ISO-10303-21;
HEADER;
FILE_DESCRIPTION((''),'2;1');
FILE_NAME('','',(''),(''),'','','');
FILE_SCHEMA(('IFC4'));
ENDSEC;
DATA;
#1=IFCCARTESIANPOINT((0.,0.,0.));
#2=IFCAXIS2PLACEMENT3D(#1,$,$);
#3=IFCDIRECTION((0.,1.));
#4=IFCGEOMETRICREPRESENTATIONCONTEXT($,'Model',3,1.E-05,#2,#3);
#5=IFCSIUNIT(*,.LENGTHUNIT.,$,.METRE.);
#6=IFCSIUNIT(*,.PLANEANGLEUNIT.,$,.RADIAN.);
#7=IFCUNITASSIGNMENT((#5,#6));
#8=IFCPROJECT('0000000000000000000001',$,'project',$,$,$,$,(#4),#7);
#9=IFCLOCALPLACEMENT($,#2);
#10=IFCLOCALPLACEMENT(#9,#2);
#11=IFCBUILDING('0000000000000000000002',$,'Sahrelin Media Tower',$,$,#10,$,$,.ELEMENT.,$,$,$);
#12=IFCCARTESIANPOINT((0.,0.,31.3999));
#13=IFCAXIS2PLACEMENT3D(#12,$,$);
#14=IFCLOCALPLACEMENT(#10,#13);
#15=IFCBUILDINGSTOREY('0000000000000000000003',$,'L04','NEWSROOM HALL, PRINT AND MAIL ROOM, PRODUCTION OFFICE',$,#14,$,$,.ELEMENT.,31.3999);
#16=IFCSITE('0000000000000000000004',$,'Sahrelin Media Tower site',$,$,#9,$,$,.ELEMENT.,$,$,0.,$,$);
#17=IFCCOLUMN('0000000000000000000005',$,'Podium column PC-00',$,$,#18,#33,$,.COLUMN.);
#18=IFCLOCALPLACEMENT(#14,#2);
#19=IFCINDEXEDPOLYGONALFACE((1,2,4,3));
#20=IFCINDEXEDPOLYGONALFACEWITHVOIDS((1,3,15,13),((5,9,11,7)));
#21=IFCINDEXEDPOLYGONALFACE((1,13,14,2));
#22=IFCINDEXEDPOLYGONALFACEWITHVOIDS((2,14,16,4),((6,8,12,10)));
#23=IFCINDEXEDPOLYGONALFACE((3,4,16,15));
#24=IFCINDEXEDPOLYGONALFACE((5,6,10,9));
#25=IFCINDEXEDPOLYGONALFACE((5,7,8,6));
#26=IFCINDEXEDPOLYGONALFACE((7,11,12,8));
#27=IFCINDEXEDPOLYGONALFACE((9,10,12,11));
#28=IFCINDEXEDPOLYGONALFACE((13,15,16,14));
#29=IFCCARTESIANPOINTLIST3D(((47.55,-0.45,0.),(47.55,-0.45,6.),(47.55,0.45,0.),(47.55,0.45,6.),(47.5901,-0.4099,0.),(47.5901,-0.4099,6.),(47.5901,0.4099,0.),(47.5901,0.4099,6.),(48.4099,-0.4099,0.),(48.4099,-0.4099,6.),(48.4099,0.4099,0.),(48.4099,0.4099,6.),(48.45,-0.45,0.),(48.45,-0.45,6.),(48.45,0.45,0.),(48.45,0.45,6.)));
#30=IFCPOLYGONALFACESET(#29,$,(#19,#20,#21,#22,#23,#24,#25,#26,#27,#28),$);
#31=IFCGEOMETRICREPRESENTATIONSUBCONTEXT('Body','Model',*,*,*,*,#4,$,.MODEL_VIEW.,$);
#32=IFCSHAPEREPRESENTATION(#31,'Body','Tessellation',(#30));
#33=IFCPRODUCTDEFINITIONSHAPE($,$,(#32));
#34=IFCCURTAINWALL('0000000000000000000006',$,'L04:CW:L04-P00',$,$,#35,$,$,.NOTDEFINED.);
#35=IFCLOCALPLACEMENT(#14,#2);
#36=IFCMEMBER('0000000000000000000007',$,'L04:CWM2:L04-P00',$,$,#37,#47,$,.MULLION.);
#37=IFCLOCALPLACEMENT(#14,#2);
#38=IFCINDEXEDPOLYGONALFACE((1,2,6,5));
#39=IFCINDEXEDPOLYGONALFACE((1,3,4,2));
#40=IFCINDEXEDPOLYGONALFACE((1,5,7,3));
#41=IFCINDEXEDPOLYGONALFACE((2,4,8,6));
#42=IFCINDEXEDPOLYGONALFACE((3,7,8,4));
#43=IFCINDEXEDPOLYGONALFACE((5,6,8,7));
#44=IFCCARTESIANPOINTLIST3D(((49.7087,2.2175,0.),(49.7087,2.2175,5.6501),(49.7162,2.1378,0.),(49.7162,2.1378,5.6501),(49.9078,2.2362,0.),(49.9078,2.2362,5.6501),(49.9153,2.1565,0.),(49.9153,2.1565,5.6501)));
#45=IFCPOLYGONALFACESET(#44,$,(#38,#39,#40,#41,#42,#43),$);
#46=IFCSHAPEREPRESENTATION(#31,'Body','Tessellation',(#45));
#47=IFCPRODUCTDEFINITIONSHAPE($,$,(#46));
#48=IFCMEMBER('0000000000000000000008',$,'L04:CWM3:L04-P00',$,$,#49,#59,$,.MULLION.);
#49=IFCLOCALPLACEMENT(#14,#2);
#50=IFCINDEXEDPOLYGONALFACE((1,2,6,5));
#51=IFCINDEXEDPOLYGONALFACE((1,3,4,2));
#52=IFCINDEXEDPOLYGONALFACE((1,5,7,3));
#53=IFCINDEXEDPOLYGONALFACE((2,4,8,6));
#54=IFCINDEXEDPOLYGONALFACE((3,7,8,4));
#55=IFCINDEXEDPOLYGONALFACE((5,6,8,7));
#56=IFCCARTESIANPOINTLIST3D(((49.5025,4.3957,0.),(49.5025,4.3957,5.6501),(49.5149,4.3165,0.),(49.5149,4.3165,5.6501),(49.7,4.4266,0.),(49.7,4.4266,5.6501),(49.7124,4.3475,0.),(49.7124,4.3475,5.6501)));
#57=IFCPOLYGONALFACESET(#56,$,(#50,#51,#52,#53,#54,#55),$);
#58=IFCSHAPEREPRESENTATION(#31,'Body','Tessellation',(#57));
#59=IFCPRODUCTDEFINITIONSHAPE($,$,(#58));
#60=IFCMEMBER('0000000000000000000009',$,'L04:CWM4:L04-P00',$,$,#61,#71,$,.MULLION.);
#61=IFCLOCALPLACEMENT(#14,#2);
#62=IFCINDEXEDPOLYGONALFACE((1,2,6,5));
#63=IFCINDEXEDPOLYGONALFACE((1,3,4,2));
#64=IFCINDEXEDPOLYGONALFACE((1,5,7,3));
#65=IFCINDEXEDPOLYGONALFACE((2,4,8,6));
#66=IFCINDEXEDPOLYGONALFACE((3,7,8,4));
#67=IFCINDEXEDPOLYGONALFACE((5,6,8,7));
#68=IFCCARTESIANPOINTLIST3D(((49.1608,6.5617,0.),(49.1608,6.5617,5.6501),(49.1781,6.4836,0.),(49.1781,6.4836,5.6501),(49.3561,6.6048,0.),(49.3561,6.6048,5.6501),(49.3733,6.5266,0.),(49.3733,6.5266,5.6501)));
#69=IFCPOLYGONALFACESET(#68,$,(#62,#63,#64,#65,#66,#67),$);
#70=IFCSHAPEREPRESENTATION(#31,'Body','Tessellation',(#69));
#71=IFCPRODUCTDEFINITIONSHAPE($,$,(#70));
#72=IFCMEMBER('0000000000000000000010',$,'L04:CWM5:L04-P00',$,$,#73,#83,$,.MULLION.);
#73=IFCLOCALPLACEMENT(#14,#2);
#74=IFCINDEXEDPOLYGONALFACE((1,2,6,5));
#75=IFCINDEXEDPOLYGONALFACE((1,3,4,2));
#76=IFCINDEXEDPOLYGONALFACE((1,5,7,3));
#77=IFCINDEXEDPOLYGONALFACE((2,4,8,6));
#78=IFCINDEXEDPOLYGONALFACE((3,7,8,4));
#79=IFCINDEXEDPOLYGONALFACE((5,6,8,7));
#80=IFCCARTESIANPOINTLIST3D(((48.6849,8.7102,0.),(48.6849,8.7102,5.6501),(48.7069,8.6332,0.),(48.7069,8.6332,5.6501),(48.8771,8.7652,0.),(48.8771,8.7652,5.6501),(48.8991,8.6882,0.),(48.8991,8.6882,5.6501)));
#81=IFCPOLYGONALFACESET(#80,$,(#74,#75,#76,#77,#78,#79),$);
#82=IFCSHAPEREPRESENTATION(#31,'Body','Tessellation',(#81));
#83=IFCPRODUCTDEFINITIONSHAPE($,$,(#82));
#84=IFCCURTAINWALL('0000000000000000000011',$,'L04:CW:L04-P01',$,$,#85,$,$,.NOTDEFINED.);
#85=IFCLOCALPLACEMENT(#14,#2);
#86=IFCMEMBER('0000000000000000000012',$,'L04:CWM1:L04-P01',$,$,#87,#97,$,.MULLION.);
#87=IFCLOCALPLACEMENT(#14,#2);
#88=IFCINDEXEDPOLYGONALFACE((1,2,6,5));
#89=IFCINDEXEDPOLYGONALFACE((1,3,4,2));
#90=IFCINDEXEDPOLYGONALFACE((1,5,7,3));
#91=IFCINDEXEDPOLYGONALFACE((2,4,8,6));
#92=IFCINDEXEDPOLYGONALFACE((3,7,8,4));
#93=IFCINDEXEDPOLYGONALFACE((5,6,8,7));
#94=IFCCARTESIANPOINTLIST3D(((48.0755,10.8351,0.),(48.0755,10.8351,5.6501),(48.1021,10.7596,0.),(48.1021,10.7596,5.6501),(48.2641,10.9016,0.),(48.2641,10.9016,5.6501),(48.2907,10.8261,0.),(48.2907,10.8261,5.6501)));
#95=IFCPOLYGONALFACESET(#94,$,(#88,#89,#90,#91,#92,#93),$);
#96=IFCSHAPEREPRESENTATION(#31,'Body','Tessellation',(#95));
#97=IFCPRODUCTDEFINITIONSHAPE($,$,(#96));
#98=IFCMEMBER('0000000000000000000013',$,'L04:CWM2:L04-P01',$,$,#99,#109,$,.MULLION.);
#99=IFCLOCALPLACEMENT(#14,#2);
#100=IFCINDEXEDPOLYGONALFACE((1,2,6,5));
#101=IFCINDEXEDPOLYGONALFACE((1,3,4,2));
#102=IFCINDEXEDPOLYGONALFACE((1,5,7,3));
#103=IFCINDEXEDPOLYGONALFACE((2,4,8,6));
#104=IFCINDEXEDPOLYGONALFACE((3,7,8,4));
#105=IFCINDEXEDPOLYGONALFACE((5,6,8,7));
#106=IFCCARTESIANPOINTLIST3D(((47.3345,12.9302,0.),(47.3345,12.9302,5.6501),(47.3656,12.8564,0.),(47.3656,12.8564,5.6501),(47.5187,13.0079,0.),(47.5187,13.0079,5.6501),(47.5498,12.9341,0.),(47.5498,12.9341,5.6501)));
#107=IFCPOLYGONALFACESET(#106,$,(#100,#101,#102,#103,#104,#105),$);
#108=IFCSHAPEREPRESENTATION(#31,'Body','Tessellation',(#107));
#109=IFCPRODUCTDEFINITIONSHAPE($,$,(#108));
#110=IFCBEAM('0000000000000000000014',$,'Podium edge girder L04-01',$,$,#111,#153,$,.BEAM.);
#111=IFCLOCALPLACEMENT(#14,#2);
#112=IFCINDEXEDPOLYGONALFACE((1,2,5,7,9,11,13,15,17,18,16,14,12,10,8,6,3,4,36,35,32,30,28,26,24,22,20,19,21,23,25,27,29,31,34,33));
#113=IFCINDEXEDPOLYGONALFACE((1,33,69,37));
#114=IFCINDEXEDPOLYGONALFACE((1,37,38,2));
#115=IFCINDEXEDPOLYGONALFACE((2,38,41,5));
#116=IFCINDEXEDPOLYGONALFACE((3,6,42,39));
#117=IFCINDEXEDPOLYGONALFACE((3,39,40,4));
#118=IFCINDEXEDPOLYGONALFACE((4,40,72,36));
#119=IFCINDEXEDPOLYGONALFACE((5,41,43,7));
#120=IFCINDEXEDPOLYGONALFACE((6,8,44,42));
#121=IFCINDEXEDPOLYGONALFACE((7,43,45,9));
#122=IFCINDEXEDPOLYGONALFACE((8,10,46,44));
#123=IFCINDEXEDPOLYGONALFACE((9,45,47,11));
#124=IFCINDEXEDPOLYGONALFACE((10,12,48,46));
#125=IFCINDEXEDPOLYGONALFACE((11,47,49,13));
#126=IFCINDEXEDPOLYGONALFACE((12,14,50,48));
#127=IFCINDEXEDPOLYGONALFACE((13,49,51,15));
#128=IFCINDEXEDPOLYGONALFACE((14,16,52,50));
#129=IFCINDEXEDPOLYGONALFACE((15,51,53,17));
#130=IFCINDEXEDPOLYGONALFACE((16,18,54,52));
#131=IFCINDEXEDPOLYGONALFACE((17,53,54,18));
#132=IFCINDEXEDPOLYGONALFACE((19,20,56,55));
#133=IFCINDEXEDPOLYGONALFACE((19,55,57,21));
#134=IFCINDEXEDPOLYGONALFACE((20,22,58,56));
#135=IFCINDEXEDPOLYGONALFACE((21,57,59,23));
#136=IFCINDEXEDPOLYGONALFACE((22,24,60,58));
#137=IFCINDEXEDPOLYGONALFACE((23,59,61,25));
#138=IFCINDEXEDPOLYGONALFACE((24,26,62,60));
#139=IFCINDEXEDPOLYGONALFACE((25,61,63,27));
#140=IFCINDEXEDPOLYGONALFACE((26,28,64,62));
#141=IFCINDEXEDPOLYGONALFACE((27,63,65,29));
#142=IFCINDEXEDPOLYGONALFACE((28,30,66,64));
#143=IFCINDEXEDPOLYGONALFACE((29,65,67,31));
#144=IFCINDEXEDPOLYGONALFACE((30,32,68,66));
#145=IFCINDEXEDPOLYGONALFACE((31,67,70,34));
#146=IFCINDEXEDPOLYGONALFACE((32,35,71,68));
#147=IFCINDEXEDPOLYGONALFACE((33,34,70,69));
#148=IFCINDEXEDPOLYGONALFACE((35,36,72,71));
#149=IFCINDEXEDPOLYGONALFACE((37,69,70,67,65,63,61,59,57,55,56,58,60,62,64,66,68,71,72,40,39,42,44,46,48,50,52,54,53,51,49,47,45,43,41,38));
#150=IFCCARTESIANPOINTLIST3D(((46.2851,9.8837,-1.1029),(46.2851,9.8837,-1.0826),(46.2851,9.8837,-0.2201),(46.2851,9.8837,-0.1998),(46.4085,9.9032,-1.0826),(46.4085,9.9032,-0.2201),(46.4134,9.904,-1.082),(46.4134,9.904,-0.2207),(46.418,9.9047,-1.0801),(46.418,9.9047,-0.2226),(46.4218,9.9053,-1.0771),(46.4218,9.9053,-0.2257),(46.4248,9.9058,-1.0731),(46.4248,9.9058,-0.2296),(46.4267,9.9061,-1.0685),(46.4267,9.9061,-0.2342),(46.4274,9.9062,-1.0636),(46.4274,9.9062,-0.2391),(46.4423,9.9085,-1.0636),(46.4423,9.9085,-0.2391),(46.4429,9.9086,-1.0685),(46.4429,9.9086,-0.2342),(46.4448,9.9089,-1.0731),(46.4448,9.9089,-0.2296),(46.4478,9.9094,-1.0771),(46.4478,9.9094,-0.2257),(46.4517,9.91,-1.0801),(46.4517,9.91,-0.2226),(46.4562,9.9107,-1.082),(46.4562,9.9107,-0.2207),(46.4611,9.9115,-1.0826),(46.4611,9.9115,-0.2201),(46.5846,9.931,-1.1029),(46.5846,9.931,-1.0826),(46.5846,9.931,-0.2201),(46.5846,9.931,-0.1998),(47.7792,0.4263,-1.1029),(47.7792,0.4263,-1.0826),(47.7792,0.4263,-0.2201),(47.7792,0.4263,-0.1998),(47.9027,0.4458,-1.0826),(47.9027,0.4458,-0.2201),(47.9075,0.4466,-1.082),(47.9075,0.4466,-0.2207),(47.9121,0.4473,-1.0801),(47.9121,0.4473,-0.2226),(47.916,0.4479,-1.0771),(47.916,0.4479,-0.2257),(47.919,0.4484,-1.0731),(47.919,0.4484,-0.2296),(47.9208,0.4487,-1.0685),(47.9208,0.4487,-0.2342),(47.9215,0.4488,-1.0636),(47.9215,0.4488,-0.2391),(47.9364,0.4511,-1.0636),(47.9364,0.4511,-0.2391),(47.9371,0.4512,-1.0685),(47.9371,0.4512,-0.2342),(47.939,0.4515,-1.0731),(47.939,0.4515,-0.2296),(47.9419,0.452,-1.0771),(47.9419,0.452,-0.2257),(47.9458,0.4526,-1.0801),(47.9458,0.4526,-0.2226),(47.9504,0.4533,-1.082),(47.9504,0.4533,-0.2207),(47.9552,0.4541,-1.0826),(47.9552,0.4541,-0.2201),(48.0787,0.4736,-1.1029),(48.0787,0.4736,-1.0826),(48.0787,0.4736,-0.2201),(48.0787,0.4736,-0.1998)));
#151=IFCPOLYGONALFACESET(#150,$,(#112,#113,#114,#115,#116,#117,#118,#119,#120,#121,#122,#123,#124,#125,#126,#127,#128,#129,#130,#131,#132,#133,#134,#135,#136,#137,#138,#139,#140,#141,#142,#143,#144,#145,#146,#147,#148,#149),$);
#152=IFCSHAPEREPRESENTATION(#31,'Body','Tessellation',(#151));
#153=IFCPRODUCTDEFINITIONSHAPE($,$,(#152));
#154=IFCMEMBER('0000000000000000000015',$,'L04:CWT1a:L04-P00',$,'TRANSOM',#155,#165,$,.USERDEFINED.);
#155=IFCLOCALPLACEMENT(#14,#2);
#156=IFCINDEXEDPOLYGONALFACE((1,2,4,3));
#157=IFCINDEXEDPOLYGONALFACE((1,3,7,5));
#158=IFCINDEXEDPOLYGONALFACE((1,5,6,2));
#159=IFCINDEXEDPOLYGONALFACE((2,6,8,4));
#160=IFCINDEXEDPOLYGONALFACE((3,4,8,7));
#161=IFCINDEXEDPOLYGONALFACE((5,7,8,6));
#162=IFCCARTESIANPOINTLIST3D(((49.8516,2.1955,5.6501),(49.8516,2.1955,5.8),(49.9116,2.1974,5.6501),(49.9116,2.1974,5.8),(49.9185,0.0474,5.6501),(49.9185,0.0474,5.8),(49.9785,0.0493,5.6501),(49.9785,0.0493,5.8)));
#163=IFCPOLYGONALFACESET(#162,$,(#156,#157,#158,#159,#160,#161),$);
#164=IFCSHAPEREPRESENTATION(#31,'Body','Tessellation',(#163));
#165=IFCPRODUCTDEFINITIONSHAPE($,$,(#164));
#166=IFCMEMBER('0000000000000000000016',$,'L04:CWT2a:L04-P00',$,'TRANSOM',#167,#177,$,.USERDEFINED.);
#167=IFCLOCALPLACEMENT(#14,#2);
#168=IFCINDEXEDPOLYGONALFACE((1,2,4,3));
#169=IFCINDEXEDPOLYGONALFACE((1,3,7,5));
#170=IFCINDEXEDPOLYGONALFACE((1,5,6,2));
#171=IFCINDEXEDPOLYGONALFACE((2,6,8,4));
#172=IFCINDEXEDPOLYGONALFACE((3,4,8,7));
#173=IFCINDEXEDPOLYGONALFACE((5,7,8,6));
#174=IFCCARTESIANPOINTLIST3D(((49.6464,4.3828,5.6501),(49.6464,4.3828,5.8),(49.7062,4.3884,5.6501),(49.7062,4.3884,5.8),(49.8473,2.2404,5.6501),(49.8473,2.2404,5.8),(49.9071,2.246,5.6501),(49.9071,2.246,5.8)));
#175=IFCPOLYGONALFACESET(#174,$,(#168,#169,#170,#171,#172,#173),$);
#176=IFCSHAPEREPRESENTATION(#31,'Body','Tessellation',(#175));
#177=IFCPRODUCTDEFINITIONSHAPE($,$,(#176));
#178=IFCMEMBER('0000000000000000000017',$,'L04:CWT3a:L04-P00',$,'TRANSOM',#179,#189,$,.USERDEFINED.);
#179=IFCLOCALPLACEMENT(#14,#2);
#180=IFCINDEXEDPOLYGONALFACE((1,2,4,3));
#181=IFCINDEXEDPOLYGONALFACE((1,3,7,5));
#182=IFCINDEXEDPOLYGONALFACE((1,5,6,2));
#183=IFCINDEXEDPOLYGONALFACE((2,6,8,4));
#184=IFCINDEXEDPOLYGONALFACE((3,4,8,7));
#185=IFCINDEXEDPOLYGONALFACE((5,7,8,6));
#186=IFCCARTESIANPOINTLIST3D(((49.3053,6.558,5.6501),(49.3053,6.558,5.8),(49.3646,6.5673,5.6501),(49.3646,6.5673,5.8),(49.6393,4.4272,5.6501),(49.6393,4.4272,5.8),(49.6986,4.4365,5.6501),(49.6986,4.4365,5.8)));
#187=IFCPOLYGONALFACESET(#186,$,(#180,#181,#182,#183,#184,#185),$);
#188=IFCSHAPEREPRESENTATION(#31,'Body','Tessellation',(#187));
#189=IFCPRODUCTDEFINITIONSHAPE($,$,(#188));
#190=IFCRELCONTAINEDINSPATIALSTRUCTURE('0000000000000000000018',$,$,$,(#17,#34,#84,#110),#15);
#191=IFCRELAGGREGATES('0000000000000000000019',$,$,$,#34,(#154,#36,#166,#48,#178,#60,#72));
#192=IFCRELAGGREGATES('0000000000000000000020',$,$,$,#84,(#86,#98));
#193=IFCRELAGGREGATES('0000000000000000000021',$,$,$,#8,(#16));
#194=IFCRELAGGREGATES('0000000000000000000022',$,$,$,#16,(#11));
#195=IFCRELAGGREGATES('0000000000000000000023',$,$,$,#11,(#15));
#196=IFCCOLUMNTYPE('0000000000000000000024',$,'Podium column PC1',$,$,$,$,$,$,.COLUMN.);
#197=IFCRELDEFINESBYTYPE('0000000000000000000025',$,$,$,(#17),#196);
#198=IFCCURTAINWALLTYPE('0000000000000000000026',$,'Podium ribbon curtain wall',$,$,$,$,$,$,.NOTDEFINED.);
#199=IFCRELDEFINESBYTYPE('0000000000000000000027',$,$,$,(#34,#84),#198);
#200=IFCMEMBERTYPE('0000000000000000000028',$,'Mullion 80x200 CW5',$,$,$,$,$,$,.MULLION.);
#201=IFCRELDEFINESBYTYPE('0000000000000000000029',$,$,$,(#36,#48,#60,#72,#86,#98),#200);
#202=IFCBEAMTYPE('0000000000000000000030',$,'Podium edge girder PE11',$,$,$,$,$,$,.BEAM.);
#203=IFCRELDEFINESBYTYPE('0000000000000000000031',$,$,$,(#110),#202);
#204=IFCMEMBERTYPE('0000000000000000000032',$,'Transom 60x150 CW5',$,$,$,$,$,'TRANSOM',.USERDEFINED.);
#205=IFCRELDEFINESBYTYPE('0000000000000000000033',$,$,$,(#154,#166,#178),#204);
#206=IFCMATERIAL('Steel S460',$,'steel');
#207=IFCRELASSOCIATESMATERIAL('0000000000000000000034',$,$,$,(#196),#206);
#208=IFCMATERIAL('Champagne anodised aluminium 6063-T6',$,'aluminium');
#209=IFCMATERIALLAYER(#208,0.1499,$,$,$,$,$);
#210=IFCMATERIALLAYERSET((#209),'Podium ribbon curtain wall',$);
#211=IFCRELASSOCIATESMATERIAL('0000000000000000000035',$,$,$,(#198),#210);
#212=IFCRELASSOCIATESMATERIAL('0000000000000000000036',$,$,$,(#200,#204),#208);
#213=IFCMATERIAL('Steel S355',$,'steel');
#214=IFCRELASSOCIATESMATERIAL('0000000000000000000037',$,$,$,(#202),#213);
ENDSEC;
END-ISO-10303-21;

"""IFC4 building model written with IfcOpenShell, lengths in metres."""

from ifc_helpers import new_model, si_unit, direction, frame, origin, origin_2d, place, context, subcontext, project, spatial, rectangle, hollow_rectangle, i_section, extrude, material, layer, layer_set, material_profile, profile_set, type_object, element, aggregate, save


model = new_model("IFC4")

# Units and contexts
model_context = context("Model", 3, precision=1e-05, world=origin(), true_north=direction((0.0, 1.0)))
body_context = subcontext(model_context, "Body", "Model", "MODEL_VIEW")
ifc_project = project(units=[si_unit("LENGTHUNIT", "METRE"), si_unit("PLANEANGLEUNIT", "RADIAN")], contexts=[model_context])

# Site, building, storey
site_placement = place(None, origin())
site = spatial("IfcSite", under=ifc_project, at=site_placement, Name="Sahrelin Media Tower site", CompositionType="ELEMENT", RefElevation=0.0)
building_placement = place(site_placement, origin())
building = spatial("IfcBuilding", under=site, at=building_placement, Name="Sahrelin Media Tower", CompositionType="ELEMENT")
storey_placement = place(building_placement, frame((0.0, 0.0, 31.3999)))
storey = spatial("IfcBuildingStorey", under=building, at=storey_placement, Name="L04", Description="NEWSROOM HALL, PRINT AND MAIL ROOM, PRODUCTION OFFICE", CompositionType="ELEMENT", Elevation=31.3999)

# Column
ifc_material_1 = material(Name="Steel S460", Category="steel")
ifc_material_profile_1 = material_profile(ifc_material_1, hollow_rectangle(XDim=0.8999, YDim=0.8999, WallThickness=0.04, at=origin_2d()), Name="Podium column PC1")
ifc_profile_set_1 = profile_set([ifc_material_profile_1], Name="Steel S460")
column_type = type_object("IfcColumnType", Name="Podium column PC1", PredefinedType="COLUMN", material=ifc_profile_set_1)
column_placement = place(storey_placement, frame((48.0, 0.0, 0.0), z_axis=(0.0, 0.0, 1.0), x_axis=(1.0, 0.0, 0.0)))
element("IfcColumn", 1, at=column_placement, inside=storey, type_object=column_type, Name="Podium column PC-00", PredefinedType="COLUMN", context=body_context, shape_type="SweptSolid", body=[
    extrude(hollow_rectangle(XDim=0.8999, YDim=0.8999, WallThickness=0.04, at=origin_2d()), origin(), (0.0, 0.0, 1.0), 6.0),
])

# Curtain walls, members
ifc_material_2 = material(Name="Champagne anodised aluminium 6063-T6", Category="aluminium")
ifc_layer_1 = layer(ifc_material_2, 0.1499)
ifc_layer_set_1 = layer_set([ifc_layer_1], Name="Podium ribbon curtain wall")
curtain_wall_type = type_object("IfcCurtainWallType", Name="Podium ribbon curtain wall", PredefinedType="NOTDEFINED", material=ifc_layer_set_1)
curtain_wall_1_placement = place(storey_placement, frame((50.0, 0.0, 0.0), z_axis=(0.0, 0.0, 1.0), x_axis=(1.0, 0.0, 0.0)))
curtain_wall_1 = element("IfcCurtainWall", 2, at=curtain_wall_1_placement, inside=storey, type_object=curtain_wall_type, Name="L04:CW:L04-P00", PredefinedType="NOTDEFINED")
ifc_material_profile_2 = material_profile(ifc_material_2, rectangle(XDim=0.0801, YDim=0.2, at=origin_2d()), Name="Mullion 80x200")
ifc_profile_set_2 = profile_set([ifc_material_profile_2], Name="Champagne anodised aluminium 6063-T6")
member_type_1 = type_object("IfcMemberType", Name="Mullion 80x200 CW5", PredefinedType="MULLION", material=ifc_profile_set_2)
member_1_placement = place(storey_placement, frame((49.812, 2.187, 0.0), z_axis=(0.0, 0.0, 1.0), x_axis=(-0.093292, 0.995639, 0.0)))
member_1 = element("IfcMember", 3, at=member_1_placement, type_object=member_type_1, Name="L04:CWM2:L04-P00", PredefinedType="MULLION", context=body_context, shape_type="SweptSolid", body=[
    extrude(rectangle(XDim=0.0801, YDim=0.2, at=origin_2d()), origin(), (0.0, 0.0, 1.0), 5.6501),
])
member_2_placement = place(storey_placement, frame((49.6074, 4.3716, 0.0), z_axis=(0.0, 0.0, 1.0), x_axis=(-0.154852, 0.987938, 0.0)))
member_2 = element("IfcMember", 4, at=member_2_placement, type_object=member_type_1, Name="L04:CWM3:L04-P00", PredefinedType="MULLION", context=body_context, shape_type="SweptSolid", body=[
    extrude(rectangle(XDim=0.0801, YDim=0.2, at=origin_2d()), origin(), (0.0, 0.0, 1.0), 5.6501),
])
member_3_placement = place(storey_placement, frame((49.2671, 6.5442, 0.0), z_axis=(0.0, 0.0, 1.0), x_axis=(-0.215438, 0.976518, 0.0)))
member_3 = element("IfcMember", 5, at=member_3_placement, type_object=member_type_1, Name="L04:CWM4:L04-P00", PredefinedType="MULLION", context=body_context, shape_type="SweptSolid", body=[
    extrude(rectangle(XDim=0.0801, YDim=0.2, at=origin_2d()), origin(), (0.0, 0.0, 1.0), 5.6501),
])
member_4_placement = place(storey_placement, frame((48.792, 8.6992, 0.0), z_axis=(0.0, 0.0, 1.0), x_axis=(-0.27481, 0.961499, 0.0)))
member_4 = element("IfcMember", 6, at=member_4_placement, type_object=member_type_1, Name="L04:CWM5:L04-P00", PredefinedType="MULLION", context=body_context, shape_type="SweptSolid", body=[
    extrude(rectangle(XDim=0.0801, YDim=0.2, at=origin_2d()), origin(), (0.0, 0.0, 1.0), 5.6501),
])
curtain_wall_2_placement = place(storey_placement, frame((48.2964, 10.8704, 0.0), z_axis=(0.0, 0.0, 1.0), x_axis=(1.0, 0.0, 0.0)))
curtain_wall_2 = element("IfcCurtainWall", 7, at=curtain_wall_2_placement, inside=storey, type_object=curtain_wall_type, Name="L04:CW:L04-P01", PredefinedType="NOTDEFINED")
member_5_placement = place(storey_placement, frame((48.1831, 10.8306, 0.0), z_axis=(0.0, 0.0, 1.0), x_axis=(-0.332579, 0.943075, 0.0)))
member_5 = element("IfcMember", 8, at=member_5_placement, type_object=member_type_1, Name="L04:CWM1:L04-P01", PredefinedType="MULLION", context=body_context, shape_type="SweptSolid", body=[
    extrude(rectangle(XDim=0.0801, YDim=0.2, at=origin_2d()), origin(), (0.0, 0.0, 1.0), 5.6501),
])
member_6_placement = place(storey_placement, frame((47.4421, 12.9321, 0.0), z_axis=(0.0, 0.0, 1.0), x_axis=(-0.38845, 0.92147, 0.0)))
member_6 = element("IfcMember", 9, at=member_6_placement, type_object=member_type_1, Name="L04:CWM2:L04-P01", PredefinedType="MULLION", context=body_context, shape_type="SweptSolid", body=[
    extrude(rectangle(XDim=0.0801, YDim=0.2, at=origin_2d()), origin(), (0.0, 0.0, 1.0), 5.6501),
])

# Beam
ifc_material_3 = material(Name="Steel S355", Category="steel")
ifc_material_profile_3 = material_profile(ifc_material_3, i_section(OverallWidth=0.3032, OverallDepth=0.9031, WebThickness=0.0151, FlangeThickness=0.0203, FilletRadius=0.019, at=origin_2d()), Name="UB 914x305x201")
ifc_profile_set_3 = profile_set([ifc_material_profile_3], Name="Steel S355")
beam_type = type_object("IfcBeamType", Name="Podium edge girder PE11", PredefinedType="BEAM", material=ifc_profile_set_3)
beam_placement = place(storey_placement, frame((47.929, 0.45, -0.6514), z_axis=(-0.156049, 0.987749, 0.0), x_axis=(-0.987749, -0.156049, 0.0)))
element("IfcBeam", 10, at=beam_placement, inside=storey, type_object=beam_type, Name="Podium edge girder L04-01", PredefinedType="BEAM", context=body_context, shape_type="SweptSolid", body=[
    extrude(i_section(OverallWidth=0.3032, OverallDepth=0.9031, WebThickness=0.0151, FlangeThickness=0.0203, FilletRadius=0.019, at=origin_2d()), origin(), (0.0, 0.0, 1.0), 9.5747),
])

# Members
ifc_material_profile_4 = material_profile(ifc_material_2, rectangle(XDim=0.0601, YDim=0.1499, at=origin_2d()), Name="Transom 60x150")
ifc_profile_set_4 = profile_set([ifc_material_profile_4], Name="Champagne anodised aluminium 6063-T6")
member_type_2 = type_object("IfcMemberType", Name="Transom 60x150 CW5", ElementType="TRANSOM", PredefinedType="USERDEFINED", material=ifc_profile_set_4)
member_7_placement = place(storey_placement, frame((49.9485, 0.0483, 5.7251), z_axis=(-0.031125, 0.999516, 0.0), x_axis=(-0.999516, -0.031125, 0.0)))
member_7 = element("IfcMember", 11, at=member_7_placement, type_object=member_type_2, Name="L04:CWT1a:L04-P00", ObjectType="TRANSOM", PredefinedType="USERDEFINED", context=body_context, shape_type="SweptSolid", body=[
    extrude(rectangle(XDim=0.0601, YDim=0.1499, at=origin_2d()), origin(), (0.0, 0.0, 1.0), 2.1492),
])
member_8_placement = place(storey_placement, frame((49.8772, 2.2432, 5.7251), z_axis=(-0.093379, 0.995631, 0.0), x_axis=(-0.995631, -0.093379, 0.0)))
member_8 = element("IfcMember", 12, at=member_8_placement, type_object=member_type_2, Name="L04:CWT2a:L04-P00", ObjectType="TRANSOM", PredefinedType="USERDEFINED", context=body_context, shape_type="SweptSolid", body=[
    extrude(rectangle(XDim=0.0601, YDim=0.1499, at=origin_2d()), origin(), (0.0, 0.0, 1.0), 2.1519),
])
member_9_placement = place(storey_placement, frame((49.6689, 4.4319, 5.7251), z_axis=(-0.154864, 0.987936, 0.0), x_axis=(-0.987936, -0.154864, 0.0)))
member_9 = element("IfcMember", 13, at=member_9_placement, type_object=member_type_2, Name="L04:CWT3a:L04-P00", ObjectType="TRANSOM", PredefinedType="USERDEFINED", context=body_context, shape_type="SweptSolid", body=[
    extrude(rectangle(XDim=0.0601, YDim=0.1499, at=origin_2d()), origin(), (0.0, 0.0, 1.0), 2.1567),
])

aggregate(curtain_wall_1, [member_7, member_1, member_8, member_2, member_9, member_3, member_4])
aggregate(curtain_wall_2, [member_5, member_6])

save(model, "model.ifc")
